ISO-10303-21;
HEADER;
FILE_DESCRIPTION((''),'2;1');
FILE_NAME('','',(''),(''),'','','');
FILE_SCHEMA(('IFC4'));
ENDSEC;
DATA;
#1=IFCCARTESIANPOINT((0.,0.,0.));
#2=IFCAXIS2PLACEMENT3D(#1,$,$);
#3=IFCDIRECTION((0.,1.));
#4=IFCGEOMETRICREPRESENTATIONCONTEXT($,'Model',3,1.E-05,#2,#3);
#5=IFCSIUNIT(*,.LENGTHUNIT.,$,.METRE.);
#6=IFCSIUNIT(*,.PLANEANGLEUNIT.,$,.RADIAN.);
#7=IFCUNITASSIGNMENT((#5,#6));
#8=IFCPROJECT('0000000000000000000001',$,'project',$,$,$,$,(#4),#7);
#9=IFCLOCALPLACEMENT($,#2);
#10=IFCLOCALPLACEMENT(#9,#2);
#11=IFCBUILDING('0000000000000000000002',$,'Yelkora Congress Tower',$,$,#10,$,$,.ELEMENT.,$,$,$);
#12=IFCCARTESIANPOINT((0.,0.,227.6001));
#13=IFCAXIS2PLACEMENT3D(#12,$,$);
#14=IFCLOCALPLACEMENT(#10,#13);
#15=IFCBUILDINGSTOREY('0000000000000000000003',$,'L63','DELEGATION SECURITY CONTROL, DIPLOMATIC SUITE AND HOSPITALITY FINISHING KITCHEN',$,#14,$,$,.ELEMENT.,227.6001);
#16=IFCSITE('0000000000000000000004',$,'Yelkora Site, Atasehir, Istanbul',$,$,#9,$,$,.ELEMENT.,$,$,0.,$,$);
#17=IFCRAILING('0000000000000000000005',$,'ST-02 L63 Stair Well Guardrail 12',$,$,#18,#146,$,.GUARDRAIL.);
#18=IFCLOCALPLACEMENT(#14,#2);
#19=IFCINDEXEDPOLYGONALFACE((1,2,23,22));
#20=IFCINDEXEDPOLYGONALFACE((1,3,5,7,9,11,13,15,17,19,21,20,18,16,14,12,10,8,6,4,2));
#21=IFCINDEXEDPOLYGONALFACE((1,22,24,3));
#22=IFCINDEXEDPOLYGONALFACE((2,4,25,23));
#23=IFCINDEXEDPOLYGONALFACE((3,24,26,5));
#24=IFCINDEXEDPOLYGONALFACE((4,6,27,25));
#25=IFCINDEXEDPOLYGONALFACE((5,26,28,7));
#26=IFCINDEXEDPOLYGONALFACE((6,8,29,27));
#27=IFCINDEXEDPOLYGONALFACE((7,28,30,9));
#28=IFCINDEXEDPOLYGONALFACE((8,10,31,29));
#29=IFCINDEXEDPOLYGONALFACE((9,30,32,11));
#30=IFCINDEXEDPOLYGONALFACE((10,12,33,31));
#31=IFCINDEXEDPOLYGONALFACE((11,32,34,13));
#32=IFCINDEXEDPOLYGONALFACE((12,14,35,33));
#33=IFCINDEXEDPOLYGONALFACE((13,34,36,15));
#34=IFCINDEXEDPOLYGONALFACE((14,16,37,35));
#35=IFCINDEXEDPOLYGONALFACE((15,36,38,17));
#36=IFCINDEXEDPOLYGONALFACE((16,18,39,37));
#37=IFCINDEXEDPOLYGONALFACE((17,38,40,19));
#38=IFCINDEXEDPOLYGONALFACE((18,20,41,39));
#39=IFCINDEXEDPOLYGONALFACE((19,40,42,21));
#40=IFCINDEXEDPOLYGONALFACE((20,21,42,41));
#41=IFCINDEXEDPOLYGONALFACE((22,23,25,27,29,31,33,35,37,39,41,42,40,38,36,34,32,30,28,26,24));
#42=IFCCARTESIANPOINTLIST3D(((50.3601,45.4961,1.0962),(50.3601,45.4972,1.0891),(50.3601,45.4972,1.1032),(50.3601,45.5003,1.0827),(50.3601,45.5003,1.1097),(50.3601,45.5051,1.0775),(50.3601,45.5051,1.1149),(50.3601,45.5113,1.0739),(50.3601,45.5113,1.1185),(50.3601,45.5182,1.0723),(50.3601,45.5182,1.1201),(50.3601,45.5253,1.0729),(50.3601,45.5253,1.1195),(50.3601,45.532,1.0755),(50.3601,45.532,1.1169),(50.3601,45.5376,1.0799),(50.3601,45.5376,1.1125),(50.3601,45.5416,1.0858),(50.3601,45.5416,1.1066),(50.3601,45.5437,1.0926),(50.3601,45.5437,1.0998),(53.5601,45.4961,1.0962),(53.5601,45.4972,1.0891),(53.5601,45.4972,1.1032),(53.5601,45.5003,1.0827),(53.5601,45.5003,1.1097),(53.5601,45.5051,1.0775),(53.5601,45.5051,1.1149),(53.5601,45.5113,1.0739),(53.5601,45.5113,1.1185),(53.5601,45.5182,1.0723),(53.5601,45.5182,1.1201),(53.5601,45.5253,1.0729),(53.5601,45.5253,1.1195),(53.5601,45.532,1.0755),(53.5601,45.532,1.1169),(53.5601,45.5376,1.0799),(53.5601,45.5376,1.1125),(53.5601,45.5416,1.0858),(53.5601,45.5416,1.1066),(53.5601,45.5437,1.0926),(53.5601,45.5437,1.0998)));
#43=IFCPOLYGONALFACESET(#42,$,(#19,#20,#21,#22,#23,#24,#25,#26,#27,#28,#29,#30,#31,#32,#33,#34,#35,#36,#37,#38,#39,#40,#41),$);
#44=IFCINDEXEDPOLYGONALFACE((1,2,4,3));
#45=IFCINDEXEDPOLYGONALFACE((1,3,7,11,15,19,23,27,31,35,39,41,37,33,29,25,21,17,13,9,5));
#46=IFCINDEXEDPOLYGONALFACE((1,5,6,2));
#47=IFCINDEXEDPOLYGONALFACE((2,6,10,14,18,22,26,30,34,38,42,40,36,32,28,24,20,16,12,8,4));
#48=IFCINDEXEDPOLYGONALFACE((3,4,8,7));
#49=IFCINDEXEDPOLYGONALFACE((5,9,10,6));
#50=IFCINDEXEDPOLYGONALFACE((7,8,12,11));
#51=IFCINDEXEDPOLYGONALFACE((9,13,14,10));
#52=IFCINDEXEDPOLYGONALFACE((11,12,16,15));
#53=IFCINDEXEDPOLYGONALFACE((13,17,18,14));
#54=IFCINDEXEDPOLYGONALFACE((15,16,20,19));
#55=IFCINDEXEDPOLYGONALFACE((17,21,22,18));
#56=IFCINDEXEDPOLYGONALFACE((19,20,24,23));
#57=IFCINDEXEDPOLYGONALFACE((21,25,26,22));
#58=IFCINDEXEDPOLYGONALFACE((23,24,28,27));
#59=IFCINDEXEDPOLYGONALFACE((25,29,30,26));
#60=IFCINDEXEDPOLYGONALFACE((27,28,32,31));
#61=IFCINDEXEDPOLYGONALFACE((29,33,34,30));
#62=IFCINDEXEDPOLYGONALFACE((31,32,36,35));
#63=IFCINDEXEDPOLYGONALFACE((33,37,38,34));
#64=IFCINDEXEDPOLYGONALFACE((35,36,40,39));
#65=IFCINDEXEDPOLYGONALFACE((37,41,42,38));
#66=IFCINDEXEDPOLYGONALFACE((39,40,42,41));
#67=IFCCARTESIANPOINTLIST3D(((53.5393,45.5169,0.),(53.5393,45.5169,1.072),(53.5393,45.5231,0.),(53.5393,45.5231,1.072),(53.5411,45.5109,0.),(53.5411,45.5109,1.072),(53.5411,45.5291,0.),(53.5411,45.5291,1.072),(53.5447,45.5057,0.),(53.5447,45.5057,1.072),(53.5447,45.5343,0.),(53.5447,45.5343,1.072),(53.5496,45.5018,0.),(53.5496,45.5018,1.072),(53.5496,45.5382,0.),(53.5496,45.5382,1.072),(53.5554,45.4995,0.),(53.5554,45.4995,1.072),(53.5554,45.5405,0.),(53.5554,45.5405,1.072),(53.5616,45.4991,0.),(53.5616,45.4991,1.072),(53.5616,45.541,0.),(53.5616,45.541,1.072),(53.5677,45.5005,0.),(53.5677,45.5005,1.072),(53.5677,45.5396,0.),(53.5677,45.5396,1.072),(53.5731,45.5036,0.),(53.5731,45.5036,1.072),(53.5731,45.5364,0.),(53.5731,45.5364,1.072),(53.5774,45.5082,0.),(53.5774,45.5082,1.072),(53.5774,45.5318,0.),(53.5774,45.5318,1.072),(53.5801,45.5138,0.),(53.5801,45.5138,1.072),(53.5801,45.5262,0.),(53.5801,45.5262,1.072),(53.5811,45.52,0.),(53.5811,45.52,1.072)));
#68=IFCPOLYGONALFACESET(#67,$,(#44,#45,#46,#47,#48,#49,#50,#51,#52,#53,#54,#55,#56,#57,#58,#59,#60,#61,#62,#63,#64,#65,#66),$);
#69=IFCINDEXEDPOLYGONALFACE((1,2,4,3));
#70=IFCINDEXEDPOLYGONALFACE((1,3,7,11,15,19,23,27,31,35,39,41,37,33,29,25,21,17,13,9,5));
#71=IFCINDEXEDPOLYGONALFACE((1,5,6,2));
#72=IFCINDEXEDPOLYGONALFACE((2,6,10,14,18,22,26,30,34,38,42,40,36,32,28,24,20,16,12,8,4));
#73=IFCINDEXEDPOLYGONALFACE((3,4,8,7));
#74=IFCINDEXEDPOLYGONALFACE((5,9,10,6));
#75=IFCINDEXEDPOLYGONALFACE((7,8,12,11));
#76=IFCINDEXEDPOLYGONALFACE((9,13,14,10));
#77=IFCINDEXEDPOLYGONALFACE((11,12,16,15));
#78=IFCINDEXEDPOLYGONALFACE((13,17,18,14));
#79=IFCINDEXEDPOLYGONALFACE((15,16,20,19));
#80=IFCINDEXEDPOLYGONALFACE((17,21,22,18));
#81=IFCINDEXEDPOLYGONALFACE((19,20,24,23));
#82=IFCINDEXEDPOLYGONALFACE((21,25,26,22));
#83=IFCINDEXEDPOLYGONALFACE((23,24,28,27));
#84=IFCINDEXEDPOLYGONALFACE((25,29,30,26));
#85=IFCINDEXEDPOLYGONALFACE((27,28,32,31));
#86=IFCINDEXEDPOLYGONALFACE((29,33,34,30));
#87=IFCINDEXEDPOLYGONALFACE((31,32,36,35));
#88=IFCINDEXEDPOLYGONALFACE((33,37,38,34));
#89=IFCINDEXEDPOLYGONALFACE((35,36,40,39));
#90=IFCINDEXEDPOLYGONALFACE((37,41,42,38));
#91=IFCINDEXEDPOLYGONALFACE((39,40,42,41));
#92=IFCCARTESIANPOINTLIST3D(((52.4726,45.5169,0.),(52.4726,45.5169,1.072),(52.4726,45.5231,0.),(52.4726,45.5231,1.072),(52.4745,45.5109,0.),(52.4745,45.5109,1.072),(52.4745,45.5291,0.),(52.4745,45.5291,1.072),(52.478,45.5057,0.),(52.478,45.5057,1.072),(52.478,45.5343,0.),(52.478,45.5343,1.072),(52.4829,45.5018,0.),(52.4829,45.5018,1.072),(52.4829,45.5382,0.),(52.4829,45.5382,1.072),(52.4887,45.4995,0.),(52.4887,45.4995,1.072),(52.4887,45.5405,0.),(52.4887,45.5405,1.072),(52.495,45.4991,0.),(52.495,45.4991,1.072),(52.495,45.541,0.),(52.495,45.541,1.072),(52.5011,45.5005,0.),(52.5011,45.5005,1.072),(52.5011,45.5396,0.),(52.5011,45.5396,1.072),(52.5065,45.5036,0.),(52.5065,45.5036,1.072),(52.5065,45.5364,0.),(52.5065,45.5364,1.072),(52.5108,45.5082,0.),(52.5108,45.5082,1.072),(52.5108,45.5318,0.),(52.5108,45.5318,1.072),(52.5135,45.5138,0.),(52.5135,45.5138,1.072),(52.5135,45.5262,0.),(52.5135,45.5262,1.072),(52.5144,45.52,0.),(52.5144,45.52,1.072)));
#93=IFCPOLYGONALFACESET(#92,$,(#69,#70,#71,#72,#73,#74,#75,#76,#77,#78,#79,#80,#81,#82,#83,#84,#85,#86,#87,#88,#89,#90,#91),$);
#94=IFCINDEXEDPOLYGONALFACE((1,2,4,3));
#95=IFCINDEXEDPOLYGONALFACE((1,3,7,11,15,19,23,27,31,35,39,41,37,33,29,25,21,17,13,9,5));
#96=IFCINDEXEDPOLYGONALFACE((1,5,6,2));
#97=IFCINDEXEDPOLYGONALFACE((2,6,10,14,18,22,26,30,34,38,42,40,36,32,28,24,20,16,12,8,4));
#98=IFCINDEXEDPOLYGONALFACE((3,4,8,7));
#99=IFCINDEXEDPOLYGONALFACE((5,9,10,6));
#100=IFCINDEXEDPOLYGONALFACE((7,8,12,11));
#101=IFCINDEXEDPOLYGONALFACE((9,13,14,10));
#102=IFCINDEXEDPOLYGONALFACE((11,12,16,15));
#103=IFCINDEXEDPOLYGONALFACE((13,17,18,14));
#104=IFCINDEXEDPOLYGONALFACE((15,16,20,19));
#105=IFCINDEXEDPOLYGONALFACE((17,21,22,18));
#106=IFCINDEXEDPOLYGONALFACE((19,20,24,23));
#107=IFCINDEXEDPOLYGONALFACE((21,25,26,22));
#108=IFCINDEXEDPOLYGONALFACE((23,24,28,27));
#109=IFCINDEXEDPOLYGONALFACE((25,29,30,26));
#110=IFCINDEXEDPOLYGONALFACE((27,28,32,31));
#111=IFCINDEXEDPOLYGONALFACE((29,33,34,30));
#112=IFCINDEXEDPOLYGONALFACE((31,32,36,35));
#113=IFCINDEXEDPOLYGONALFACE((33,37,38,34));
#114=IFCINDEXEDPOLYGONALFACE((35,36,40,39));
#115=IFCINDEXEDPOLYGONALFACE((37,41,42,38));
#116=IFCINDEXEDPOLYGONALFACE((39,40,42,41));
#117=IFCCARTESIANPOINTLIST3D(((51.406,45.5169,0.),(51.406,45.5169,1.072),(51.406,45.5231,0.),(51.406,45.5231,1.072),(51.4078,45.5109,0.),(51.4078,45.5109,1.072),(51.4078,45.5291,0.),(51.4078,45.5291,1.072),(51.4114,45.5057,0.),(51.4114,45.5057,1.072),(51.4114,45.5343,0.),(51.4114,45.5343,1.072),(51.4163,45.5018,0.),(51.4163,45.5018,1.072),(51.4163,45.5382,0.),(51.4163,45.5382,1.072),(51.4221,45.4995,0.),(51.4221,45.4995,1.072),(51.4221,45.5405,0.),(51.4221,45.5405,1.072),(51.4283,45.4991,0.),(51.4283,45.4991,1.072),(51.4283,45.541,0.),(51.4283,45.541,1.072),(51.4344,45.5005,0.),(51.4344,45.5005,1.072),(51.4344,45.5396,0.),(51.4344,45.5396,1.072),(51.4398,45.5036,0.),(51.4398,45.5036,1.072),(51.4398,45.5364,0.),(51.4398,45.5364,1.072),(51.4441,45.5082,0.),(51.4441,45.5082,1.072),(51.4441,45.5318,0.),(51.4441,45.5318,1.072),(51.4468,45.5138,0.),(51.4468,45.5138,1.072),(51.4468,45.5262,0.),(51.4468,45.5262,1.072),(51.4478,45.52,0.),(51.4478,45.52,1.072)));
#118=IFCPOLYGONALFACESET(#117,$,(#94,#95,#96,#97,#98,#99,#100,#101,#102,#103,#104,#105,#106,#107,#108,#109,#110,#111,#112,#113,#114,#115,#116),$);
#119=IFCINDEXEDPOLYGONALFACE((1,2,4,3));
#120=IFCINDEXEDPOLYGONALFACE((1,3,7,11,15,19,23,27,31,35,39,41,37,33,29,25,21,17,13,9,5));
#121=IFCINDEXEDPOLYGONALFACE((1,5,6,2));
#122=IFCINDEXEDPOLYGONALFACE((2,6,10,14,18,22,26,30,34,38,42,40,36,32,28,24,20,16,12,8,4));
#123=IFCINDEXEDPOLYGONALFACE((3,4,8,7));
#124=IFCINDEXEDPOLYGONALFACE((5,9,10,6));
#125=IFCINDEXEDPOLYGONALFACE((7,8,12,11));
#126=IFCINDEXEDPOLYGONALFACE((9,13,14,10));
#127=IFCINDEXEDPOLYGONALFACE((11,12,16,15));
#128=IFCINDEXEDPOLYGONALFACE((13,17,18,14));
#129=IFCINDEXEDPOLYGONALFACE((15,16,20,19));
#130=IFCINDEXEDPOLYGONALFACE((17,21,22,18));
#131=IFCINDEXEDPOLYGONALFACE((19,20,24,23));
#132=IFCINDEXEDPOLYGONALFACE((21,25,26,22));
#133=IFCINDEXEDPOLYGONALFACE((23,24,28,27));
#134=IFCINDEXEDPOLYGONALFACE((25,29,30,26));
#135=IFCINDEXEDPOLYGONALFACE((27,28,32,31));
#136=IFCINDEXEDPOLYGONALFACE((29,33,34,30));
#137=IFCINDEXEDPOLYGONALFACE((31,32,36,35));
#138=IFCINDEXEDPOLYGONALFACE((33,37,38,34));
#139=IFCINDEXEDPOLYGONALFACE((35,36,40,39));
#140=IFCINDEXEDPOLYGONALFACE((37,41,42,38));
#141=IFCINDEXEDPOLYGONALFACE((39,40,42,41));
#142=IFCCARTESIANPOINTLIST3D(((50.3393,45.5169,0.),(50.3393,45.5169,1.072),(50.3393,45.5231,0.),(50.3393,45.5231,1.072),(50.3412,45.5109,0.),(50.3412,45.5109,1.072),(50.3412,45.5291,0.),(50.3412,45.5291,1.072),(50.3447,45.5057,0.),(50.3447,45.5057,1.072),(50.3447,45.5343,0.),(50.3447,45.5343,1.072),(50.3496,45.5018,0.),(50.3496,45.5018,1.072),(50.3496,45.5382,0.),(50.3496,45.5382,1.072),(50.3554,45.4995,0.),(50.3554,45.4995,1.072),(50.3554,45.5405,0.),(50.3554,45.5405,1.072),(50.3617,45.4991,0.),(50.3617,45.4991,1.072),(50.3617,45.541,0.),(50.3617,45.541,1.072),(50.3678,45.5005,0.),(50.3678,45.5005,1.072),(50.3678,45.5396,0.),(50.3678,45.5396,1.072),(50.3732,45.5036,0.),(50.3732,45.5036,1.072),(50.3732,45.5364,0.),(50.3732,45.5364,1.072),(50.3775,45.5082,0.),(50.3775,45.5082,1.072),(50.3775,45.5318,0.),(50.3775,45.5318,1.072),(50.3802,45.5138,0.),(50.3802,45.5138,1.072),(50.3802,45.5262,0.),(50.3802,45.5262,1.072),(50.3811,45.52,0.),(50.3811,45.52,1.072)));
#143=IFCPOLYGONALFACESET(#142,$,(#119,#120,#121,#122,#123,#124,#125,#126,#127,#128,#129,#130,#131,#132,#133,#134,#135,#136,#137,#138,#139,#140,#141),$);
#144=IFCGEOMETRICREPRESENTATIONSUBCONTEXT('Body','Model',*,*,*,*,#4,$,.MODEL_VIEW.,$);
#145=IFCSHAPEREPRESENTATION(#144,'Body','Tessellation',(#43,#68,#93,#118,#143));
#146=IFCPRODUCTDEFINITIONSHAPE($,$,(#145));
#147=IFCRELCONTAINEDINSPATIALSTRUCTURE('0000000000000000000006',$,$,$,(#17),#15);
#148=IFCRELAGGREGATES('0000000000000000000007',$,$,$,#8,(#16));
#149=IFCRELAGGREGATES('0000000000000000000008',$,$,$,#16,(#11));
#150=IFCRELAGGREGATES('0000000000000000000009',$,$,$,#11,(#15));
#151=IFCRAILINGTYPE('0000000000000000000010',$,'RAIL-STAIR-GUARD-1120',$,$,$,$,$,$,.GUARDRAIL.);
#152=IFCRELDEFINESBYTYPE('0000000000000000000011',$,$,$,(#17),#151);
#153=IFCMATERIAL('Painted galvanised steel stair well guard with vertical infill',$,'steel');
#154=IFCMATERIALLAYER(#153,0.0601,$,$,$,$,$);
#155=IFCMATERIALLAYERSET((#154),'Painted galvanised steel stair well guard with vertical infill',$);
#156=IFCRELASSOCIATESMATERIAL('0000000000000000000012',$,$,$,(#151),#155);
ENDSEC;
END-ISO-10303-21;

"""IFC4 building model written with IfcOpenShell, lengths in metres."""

from ifc_helpers import new_model, si_unit, direction, frame, origin, origin_2d, place, context, subcontext, project, spatial, circle, extrude, material, layer, layer_set, type_object, element, save


model = new_model("IFC4")

# Units and contexts
model_context = context("Model", 3, precision=1e-05, world=origin(), true_north=direction((0.0, 1.0)))
body_context = subcontext(model_context, "Body", "Model", "MODEL_VIEW")
ifc_project = project(units=[si_unit("LENGTHUNIT", "METRE"), si_unit("PLANEANGLEUNIT", "RADIAN")], contexts=[model_context])

# Site, building, storey
site_placement = place(None, origin())
site = spatial("IfcSite", under=ifc_project, at=site_placement, Name="Yelkora Site, Atasehir, Istanbul", CompositionType="ELEMENT", RefElevation=0.0)
building_placement = place(site_placement, origin())
building = spatial("IfcBuilding", under=site, at=building_placement, Name="Yelkora Congress Tower", CompositionType="ELEMENT")
storey_placement = place(building_placement, frame((0.0, 0.0, 227.6001)))
storey = spatial("IfcBuildingStorey", under=building, at=storey_placement, Name="L63", Description="DELEGATION SECURITY CONTROL, DIPLOMATIC SUITE AND HOSPITALITY FINISHING KITCHEN", CompositionType="ELEMENT", Elevation=227.6001)

# Railing
ifc_material_1 = material(Name="Painted galvanised steel stair well guard with vertical infill", Category="steel")
ifc_layer_1 = layer(ifc_material_1, 0.0601)
ifc_layer_set_1 = layer_set([ifc_layer_1], Name="Painted galvanised steel stair well guard with vertical infill")
railing_type_1 = type_object("IfcRailingType", Name="RAIL-STAIR-GUARD-1120", PredefinedType="GUARDRAIL", material=ifc_layer_set_1)
railing_1_placement = place(storey_placement, frame((53.5601, 45.52, 0.0)))
element("IfcRailing", 1, at=railing_1_placement, inside=storey, type_object=railing_type_1, Name="ST-02 L63 Stair Well Guardrail 12", PredefinedType="GUARDRAIL", context=body_context, shape_type="SweptSolid", body=[
    extrude(circle(Radius=0.0239, at=origin_2d()), frame((0.0, 0.0, 1.0962), z_axis=(-1.0, 0.0, 0.0), x_axis=(0.0, -1.0, 0.0)), (0.0, 0.0, 1.0), 3.2),
    extrude(circle(Radius=0.021, at=origin_2d()), origin(), (0.0, 0.0, 1.0), 1.072),
    extrude(circle(Radius=0.021, at=origin_2d()), frame((-1.0667, 0.0, 0.0)), (0.0, 0.0, 1.0), 1.072),
    extrude(circle(Radius=0.021, at=origin_2d()), frame((-2.1333, 0.0, 0.0)), (0.0, 0.0, 1.0), 1.072),
    extrude(circle(Radius=0.021, at=origin_2d()), frame((-3.2, 0.0, 0.0)), (0.0, 0.0, 1.0), 1.072),
])

save(model, "model.ifc")
